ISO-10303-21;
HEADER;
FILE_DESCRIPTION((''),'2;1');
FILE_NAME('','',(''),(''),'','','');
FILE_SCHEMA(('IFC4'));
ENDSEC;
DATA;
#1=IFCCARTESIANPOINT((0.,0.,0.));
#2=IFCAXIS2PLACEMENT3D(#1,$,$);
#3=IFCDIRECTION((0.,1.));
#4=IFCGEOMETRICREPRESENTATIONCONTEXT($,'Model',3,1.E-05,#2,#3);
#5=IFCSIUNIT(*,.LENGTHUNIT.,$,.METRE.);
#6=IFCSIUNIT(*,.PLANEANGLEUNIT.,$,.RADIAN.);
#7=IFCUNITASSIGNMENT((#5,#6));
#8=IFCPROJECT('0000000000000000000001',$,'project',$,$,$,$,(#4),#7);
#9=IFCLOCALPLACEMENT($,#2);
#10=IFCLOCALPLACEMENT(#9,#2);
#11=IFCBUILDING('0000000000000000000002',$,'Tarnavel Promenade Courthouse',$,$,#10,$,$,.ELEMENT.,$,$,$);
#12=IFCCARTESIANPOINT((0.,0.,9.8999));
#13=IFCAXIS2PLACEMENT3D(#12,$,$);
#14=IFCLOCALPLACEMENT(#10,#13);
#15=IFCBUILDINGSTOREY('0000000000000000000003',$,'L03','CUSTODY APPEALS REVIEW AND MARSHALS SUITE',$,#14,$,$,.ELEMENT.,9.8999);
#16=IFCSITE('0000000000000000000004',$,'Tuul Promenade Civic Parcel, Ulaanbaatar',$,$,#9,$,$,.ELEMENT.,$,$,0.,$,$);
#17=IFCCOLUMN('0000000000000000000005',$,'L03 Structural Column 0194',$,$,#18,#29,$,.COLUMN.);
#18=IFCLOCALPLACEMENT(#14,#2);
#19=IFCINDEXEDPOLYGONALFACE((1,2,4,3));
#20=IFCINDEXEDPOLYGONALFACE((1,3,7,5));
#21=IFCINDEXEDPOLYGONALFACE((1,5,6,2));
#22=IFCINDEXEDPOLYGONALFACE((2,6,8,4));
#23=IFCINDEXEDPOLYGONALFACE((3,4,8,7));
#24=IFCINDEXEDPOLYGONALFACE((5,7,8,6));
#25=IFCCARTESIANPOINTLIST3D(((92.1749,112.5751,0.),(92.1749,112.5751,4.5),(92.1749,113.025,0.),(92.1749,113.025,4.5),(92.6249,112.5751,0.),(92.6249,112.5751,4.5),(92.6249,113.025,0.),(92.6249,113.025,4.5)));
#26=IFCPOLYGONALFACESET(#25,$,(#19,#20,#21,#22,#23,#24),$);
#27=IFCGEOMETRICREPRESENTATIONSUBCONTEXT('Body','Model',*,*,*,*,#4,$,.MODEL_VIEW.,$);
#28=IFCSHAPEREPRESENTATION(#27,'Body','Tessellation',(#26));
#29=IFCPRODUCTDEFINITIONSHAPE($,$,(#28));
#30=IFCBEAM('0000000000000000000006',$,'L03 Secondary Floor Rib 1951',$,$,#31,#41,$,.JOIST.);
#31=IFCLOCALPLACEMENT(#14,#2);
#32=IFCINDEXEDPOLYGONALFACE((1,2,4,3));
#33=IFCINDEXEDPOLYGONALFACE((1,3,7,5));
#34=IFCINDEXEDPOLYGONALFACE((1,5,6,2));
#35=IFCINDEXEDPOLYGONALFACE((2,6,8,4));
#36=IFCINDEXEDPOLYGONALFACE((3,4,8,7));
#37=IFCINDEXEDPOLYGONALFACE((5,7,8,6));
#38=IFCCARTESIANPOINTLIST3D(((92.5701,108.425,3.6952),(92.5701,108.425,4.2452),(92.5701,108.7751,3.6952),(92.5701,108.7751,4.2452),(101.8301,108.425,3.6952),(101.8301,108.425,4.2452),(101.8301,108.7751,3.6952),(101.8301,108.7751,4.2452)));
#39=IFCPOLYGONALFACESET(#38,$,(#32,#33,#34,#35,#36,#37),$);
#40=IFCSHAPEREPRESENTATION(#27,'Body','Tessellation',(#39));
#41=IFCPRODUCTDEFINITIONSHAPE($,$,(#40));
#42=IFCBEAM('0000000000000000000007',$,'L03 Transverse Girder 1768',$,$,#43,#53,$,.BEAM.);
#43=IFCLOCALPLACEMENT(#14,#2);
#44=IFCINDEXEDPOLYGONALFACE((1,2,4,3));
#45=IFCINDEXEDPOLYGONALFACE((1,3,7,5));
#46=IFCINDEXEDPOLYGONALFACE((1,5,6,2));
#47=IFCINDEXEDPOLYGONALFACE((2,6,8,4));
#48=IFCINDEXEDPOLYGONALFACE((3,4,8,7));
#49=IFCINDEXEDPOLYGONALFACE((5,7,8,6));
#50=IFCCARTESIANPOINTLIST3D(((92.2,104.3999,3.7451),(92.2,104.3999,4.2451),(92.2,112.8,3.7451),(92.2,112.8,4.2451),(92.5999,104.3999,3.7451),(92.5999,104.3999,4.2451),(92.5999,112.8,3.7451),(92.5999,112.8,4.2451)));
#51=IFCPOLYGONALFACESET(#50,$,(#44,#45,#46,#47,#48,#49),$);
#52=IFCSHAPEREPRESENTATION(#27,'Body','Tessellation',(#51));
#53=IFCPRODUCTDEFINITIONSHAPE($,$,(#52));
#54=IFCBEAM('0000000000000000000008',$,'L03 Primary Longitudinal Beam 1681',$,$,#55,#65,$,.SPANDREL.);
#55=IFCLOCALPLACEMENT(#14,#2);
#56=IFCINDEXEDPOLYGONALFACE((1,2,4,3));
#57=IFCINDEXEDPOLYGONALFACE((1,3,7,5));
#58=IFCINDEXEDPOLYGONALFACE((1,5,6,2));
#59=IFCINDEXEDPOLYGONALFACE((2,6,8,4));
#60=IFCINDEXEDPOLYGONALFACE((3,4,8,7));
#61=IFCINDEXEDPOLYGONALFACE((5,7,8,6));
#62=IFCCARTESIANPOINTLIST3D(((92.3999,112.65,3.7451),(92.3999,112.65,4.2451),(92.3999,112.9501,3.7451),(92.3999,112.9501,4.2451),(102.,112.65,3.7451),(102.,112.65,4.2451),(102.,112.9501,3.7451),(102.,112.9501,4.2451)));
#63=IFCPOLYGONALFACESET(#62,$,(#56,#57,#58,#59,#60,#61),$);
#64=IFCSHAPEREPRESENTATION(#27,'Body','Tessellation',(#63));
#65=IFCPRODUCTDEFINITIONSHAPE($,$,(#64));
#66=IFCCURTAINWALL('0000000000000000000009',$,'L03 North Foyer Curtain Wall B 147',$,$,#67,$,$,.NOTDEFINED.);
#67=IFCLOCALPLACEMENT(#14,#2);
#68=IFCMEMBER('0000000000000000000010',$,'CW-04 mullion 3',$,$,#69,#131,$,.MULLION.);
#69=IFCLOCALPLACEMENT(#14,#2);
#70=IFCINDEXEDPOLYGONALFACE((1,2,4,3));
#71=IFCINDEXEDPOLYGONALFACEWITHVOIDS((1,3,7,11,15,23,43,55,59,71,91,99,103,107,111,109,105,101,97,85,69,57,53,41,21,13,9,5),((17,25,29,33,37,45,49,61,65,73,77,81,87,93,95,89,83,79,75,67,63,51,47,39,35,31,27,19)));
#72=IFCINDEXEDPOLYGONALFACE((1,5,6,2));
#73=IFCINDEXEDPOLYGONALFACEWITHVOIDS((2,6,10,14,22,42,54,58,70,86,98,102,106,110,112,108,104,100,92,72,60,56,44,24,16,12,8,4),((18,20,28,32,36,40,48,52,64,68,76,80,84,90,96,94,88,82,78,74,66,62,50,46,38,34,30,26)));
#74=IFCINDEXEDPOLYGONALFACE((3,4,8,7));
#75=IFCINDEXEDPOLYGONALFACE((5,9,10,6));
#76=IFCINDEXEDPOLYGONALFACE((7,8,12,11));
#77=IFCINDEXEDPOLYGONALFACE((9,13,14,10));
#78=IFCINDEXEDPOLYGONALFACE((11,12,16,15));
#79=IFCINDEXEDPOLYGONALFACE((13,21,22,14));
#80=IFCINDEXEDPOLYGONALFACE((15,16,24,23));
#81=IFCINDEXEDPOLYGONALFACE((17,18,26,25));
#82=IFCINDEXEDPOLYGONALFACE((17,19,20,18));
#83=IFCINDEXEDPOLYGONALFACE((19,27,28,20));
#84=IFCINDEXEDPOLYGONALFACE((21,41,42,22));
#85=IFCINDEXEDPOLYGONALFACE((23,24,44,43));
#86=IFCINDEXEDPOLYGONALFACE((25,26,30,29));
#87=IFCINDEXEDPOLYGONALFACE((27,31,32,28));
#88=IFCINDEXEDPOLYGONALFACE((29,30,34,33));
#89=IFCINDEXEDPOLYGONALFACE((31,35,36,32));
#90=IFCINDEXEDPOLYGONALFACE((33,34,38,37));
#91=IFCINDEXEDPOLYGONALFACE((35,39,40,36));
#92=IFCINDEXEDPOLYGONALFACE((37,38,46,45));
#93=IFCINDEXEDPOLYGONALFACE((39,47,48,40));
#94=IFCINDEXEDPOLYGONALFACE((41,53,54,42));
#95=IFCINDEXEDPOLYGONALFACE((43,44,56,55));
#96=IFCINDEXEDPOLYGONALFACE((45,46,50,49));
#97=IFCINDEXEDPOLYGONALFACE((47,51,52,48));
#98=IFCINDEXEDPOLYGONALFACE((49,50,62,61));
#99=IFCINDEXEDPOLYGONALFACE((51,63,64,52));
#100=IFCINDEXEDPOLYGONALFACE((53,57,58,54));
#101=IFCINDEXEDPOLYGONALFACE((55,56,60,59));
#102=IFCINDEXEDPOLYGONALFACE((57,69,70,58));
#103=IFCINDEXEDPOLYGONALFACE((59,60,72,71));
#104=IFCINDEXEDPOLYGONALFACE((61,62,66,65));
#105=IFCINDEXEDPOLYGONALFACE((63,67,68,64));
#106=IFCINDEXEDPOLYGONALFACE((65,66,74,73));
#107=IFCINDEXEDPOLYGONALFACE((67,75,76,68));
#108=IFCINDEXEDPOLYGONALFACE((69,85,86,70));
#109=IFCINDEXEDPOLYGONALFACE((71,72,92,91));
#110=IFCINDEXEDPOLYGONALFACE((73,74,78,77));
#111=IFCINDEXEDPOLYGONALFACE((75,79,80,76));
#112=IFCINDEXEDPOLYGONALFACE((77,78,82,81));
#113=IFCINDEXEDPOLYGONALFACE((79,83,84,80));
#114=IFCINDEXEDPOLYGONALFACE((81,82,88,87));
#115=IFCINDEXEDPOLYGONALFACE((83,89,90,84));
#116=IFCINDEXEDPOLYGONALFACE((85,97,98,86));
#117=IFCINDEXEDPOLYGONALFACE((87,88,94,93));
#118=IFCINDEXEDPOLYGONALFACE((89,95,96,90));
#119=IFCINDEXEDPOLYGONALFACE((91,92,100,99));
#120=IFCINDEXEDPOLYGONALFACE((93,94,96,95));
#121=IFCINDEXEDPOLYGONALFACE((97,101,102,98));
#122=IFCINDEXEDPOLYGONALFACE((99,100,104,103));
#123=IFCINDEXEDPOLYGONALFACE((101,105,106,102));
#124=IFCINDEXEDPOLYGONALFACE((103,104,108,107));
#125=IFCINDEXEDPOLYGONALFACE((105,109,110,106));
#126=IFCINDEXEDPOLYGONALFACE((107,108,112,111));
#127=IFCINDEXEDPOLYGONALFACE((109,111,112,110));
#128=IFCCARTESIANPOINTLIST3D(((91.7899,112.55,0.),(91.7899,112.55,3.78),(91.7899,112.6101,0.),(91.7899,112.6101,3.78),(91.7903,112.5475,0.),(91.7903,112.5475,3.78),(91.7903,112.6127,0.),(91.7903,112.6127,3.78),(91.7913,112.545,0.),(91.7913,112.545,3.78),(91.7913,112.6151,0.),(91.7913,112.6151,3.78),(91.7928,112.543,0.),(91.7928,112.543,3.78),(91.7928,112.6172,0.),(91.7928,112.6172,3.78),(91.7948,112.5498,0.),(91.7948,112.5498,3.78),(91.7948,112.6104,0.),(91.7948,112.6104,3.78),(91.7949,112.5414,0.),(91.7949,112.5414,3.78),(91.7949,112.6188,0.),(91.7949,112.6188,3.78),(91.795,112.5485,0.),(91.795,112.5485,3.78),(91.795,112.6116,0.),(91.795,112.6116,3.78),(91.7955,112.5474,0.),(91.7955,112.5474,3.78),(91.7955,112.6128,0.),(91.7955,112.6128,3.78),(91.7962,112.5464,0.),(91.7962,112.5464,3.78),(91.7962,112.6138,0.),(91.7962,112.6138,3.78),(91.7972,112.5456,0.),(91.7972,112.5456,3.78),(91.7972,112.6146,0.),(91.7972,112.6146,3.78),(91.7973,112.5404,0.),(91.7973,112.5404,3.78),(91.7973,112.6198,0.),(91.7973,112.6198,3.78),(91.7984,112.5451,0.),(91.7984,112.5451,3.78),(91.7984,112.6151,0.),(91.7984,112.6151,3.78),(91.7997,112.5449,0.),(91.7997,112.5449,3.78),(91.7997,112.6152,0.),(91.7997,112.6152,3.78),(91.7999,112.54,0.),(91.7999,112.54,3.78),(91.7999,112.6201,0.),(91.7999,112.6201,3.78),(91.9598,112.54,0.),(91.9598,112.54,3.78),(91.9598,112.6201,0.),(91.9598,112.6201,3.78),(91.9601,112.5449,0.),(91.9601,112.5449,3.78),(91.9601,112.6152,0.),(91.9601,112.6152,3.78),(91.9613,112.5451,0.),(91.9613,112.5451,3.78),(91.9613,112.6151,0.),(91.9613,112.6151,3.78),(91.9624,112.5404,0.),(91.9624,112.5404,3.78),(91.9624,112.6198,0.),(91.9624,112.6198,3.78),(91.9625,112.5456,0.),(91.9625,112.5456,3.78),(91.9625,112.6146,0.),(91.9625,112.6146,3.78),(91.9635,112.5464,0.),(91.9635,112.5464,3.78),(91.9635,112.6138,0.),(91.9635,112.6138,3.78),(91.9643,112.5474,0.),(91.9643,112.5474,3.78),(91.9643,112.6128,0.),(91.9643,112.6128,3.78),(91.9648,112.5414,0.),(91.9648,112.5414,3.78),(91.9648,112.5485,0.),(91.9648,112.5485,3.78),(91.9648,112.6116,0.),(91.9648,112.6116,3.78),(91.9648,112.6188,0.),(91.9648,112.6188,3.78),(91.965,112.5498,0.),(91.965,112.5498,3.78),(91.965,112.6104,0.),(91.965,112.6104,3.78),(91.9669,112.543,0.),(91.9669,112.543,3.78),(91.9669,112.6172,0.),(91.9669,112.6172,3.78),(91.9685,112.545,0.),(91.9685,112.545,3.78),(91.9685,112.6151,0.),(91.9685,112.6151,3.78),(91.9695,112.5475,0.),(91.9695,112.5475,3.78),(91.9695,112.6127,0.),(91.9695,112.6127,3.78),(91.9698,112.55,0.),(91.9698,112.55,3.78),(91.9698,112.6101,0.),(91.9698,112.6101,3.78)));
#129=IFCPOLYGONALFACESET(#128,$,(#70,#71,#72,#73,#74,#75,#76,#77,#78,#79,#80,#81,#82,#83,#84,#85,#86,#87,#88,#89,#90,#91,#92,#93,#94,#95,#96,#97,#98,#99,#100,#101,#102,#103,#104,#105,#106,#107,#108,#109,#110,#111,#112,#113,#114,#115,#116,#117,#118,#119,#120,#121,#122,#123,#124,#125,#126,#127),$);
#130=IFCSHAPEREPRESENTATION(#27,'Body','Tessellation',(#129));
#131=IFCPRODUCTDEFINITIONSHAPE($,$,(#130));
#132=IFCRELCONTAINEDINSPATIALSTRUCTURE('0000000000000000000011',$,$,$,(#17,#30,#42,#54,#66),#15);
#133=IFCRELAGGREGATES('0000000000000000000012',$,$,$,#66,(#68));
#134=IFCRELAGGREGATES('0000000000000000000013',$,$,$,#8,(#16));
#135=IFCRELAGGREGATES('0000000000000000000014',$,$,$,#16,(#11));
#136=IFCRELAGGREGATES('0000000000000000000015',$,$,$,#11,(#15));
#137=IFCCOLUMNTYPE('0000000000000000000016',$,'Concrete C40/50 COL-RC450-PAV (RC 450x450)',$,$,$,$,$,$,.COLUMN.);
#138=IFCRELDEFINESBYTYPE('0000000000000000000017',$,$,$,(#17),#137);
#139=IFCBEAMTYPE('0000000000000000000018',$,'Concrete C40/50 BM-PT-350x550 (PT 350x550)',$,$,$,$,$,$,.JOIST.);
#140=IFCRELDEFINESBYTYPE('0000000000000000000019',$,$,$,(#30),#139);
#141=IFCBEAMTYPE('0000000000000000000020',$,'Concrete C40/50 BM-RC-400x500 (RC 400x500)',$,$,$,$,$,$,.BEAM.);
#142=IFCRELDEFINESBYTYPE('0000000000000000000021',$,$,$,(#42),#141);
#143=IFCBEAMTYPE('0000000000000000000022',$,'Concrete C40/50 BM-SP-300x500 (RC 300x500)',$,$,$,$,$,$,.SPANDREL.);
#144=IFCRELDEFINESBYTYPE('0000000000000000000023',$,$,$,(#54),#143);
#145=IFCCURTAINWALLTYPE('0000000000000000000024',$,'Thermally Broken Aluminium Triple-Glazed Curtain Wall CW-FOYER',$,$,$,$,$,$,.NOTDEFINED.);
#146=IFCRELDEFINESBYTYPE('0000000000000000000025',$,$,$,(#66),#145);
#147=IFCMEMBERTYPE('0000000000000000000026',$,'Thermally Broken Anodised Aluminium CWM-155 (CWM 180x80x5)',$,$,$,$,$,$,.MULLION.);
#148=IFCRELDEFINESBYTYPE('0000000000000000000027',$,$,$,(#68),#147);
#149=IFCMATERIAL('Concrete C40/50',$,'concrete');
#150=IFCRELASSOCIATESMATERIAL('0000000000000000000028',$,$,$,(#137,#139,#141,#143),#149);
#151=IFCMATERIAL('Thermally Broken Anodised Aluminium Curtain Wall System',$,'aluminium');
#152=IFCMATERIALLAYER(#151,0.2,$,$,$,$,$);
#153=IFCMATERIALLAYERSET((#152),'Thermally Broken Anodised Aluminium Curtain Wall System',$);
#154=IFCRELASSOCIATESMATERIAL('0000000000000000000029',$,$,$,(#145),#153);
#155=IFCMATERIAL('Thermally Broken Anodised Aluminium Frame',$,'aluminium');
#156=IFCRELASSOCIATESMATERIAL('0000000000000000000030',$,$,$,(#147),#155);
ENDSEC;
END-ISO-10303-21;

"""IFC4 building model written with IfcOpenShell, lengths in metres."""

from ifc_helpers import new_model, si_unit, direction, frame, origin, origin_2d, place, context, subcontext, project, spatial, rectangle, hollow_rectangle, extrude, material, layer, layer_set, material_profile, profile_set, type_object, element, aggregate, save


model = new_model("IFC4")

# Units and contexts
model_context = context("Model", 3, precision=1e-05, world=origin(), true_north=direction((0.0, 1.0)))
body_context = subcontext(model_context, "Body", "Model", "MODEL_VIEW")
ifc_project = project(units=[si_unit("LENGTHUNIT", "METRE"), si_unit("PLANEANGLEUNIT", "RADIAN")], contexts=[model_context])

# Site, building, storey
site_placement = place(None, origin())
site = spatial("IfcSite", under=ifc_project, at=site_placement, Name="Tuul Promenade Civic Parcel, Ulaanbaatar", CompositionType="ELEMENT", RefElevation=0.0)
building_placement = place(site_placement, origin())
building = spatial("IfcBuilding", under=site, at=building_placement, Name="Tarnavel Promenade Courthouse", CompositionType="ELEMENT")
storey_placement = place(building_placement, frame((0.0, 0.0, 9.8999)))
storey = spatial("IfcBuildingStorey", under=building, at=storey_placement, Name="L03", Description="CUSTODY APPEALS REVIEW AND MARSHALS SUITE", CompositionType="ELEMENT", Elevation=9.8999)

# Column
ifc_material_1 = material(Name="Concrete C40/50", Category="concrete")
ifc_material_profile_1 = material_profile(ifc_material_1, rectangle(XDim=0.45, YDim=0.45, at=origin_2d()), Name="RC 450x450")
ifc_profile_set_1 = profile_set([ifc_material_profile_1], Name="Concrete C40/50")
column_type = type_object("IfcColumnType", Name="Concrete C40/50 COL-RC450-PAV (RC 450x450)", PredefinedType="COLUMN", material=ifc_profile_set_1)
column_placement = place(storey_placement, frame((92.3999, 112.8, 0.0), z_axis=(0.0, 0.0, 1.0), x_axis=(1.0, 0.0, 0.0)))
element("IfcColumn", 1, at=column_placement, inside=storey, type_object=column_type, Name="L03 Structural Column 0194", PredefinedType="COLUMN", context=body_context, shape_type="SweptSolid", body=[
    extrude(rectangle(XDim=0.45, YDim=0.45, at=origin_2d()), origin(), (0.0, 0.0, 1.0), 4.5),
])

# Beams
ifc_material_profile_2 = material_profile(ifc_material_1, rectangle(XDim=0.3501, YDim=0.55, at=origin_2d()), Name="PT 350x550")
ifc_profile_set_2 = profile_set([ifc_material_profile_2], Name="Concrete C40/50")
beam_type_1 = type_object("IfcBeamType", Name="Concrete C40/50 BM-PT-350x550 (PT 350x550)", PredefinedType="JOIST", material=ifc_profile_set_2)
beam_1_placement = place(storey_placement, frame((92.5701, 108.6001, 3.9702), z_axis=(1.0, 0.0, 0.0), x_axis=(0.0, 1.0, 0.0)))
element("IfcBeam", 2, at=beam_1_placement, inside=storey, type_object=beam_type_1, Name="L03 Secondary Floor Rib 1951", PredefinedType="JOIST", context=body_context, shape_type="SweptSolid", body=[
    extrude(rectangle(XDim=0.3501, YDim=0.55, at=origin_2d()), origin(), (0.0, 0.0, 1.0), 9.26),
])
ifc_material_profile_3 = material_profile(ifc_material_1, rectangle(XDim=0.3999, YDim=0.5, at=origin_2d()), Name="RC 400x500")
ifc_profile_set_3 = profile_set([ifc_material_profile_3], Name="Concrete C40/50")
beam_type_2 = type_object("IfcBeamType", Name="Concrete C40/50 BM-RC-400x500 (RC 400x500)", PredefinedType="BEAM", material=ifc_profile_set_3)
beam_2_placement = place(storey_placement, frame((92.3999, 104.3999, 3.9951), z_axis=(0.0, 1.0, 0.0), x_axis=(-1.0, 0.0, 0.0)))
element("IfcBeam", 3, at=beam_2_placement, inside=storey, type_object=beam_type_2, Name="L03 Transverse Girder 1768", PredefinedType="BEAM", context=body_context, shape_type="SweptSolid", body=[
    extrude(rectangle(XDim=0.3999, YDim=0.5, at=origin_2d()), origin(), (0.0, 0.0, 1.0), 8.4001),
])
ifc_material_profile_4 = material_profile(ifc_material_1, rectangle(XDim=0.3, YDim=0.5, at=origin_2d()), Name="RC 300x500")
ifc_profile_set_4 = profile_set([ifc_material_profile_4], Name="Concrete C40/50")
beam_type_3 = type_object("IfcBeamType", Name="Concrete C40/50 BM-SP-300x500 (RC 300x500)", PredefinedType="SPANDREL", material=ifc_profile_set_4)
beam_3_placement = place(storey_placement, frame((92.3999, 112.8, 3.9951), z_axis=(1.0, 0.0, 0.0), x_axis=(0.0, 1.0, 0.0)))
element("IfcBeam", 4, at=beam_3_placement, inside=storey, type_object=beam_type_3, Name="L03 Primary Longitudinal Beam 1681", PredefinedType="SPANDREL", context=body_context, shape_type="SweptSolid", body=[
    extrude(rectangle(XDim=0.3, YDim=0.5, at=origin_2d()), origin(), (0.0, 0.0, 1.0), 9.6001),
])

# Curtain wall, member
ifc_material_2 = material(Name="Thermally Broken Anodised Aluminium Curtain Wall System", Category="aluminium")
ifc_layer_1 = layer(ifc_material_2, 0.2)
ifc_layer_set_1 = layer_set([ifc_layer_1], Name="Thermally Broken Anodised Aluminium Curtain Wall System")
curtain_wall_type = type_object("IfcCurtainWallType", Name="Thermally Broken Aluminium Triple-Glazed Curtain Wall CW-FOYER", PredefinedType="NOTDEFINED", material=ifc_layer_set_1)
curtain_wall_1_placement = place(storey_placement, origin())
curtain_wall_1 = element("IfcCurtainWall", 5, at=curtain_wall_1_placement, inside=storey, type_object=curtain_wall_type, Name="L03 North Foyer Curtain Wall B 147", PredefinedType="NOTDEFINED")
ifc_material_3 = material(Name="Thermally Broken Anodised Aluminium Frame", Category="aluminium")
ifc_material_profile_5 = material_profile(ifc_material_3, hollow_rectangle(XDim=0.0801, YDim=0.1799, WallThickness=0.0049, InnerFilletRadius=0.0049, OuterFilletRadius=0.01, at=origin_2d()), Name="CWM 180x80x5")
ifc_profile_set_5 = profile_set([ifc_material_profile_5], Name="Thermally Broken Anodised Aluminium Frame")
member_type_1 = type_object("IfcMemberType", Name="Thermally Broken Anodised Aluminium CWM-155 (CWM 180x80x5)", PredefinedType="MULLION", material=ifc_profile_set_5)
member_1_placement = place(storey_placement, frame((91.8799, 112.5801, 0.0), z_axis=(0.0, 0.0, 1.0), x_axis=(0.0, 1.0, 0.0)))
member_1 = element("IfcMember", 6, at=member_1_placement, type_object=member_type_1, Name="CW-04 mullion 3", PredefinedType="MULLION", context=body_context, shape_type="SweptSolid", body=[
    extrude(hollow_rectangle(XDim=0.0801, YDim=0.1799, WallThickness=0.0049, InnerFilletRadius=0.0049, OuterFilletRadius=0.01, at=origin_2d()), origin(), (0.0, 0.0, 1.0), 3.78),
])

aggregate(curtain_wall_1, [member_1])

save(model, "model.ifc")
